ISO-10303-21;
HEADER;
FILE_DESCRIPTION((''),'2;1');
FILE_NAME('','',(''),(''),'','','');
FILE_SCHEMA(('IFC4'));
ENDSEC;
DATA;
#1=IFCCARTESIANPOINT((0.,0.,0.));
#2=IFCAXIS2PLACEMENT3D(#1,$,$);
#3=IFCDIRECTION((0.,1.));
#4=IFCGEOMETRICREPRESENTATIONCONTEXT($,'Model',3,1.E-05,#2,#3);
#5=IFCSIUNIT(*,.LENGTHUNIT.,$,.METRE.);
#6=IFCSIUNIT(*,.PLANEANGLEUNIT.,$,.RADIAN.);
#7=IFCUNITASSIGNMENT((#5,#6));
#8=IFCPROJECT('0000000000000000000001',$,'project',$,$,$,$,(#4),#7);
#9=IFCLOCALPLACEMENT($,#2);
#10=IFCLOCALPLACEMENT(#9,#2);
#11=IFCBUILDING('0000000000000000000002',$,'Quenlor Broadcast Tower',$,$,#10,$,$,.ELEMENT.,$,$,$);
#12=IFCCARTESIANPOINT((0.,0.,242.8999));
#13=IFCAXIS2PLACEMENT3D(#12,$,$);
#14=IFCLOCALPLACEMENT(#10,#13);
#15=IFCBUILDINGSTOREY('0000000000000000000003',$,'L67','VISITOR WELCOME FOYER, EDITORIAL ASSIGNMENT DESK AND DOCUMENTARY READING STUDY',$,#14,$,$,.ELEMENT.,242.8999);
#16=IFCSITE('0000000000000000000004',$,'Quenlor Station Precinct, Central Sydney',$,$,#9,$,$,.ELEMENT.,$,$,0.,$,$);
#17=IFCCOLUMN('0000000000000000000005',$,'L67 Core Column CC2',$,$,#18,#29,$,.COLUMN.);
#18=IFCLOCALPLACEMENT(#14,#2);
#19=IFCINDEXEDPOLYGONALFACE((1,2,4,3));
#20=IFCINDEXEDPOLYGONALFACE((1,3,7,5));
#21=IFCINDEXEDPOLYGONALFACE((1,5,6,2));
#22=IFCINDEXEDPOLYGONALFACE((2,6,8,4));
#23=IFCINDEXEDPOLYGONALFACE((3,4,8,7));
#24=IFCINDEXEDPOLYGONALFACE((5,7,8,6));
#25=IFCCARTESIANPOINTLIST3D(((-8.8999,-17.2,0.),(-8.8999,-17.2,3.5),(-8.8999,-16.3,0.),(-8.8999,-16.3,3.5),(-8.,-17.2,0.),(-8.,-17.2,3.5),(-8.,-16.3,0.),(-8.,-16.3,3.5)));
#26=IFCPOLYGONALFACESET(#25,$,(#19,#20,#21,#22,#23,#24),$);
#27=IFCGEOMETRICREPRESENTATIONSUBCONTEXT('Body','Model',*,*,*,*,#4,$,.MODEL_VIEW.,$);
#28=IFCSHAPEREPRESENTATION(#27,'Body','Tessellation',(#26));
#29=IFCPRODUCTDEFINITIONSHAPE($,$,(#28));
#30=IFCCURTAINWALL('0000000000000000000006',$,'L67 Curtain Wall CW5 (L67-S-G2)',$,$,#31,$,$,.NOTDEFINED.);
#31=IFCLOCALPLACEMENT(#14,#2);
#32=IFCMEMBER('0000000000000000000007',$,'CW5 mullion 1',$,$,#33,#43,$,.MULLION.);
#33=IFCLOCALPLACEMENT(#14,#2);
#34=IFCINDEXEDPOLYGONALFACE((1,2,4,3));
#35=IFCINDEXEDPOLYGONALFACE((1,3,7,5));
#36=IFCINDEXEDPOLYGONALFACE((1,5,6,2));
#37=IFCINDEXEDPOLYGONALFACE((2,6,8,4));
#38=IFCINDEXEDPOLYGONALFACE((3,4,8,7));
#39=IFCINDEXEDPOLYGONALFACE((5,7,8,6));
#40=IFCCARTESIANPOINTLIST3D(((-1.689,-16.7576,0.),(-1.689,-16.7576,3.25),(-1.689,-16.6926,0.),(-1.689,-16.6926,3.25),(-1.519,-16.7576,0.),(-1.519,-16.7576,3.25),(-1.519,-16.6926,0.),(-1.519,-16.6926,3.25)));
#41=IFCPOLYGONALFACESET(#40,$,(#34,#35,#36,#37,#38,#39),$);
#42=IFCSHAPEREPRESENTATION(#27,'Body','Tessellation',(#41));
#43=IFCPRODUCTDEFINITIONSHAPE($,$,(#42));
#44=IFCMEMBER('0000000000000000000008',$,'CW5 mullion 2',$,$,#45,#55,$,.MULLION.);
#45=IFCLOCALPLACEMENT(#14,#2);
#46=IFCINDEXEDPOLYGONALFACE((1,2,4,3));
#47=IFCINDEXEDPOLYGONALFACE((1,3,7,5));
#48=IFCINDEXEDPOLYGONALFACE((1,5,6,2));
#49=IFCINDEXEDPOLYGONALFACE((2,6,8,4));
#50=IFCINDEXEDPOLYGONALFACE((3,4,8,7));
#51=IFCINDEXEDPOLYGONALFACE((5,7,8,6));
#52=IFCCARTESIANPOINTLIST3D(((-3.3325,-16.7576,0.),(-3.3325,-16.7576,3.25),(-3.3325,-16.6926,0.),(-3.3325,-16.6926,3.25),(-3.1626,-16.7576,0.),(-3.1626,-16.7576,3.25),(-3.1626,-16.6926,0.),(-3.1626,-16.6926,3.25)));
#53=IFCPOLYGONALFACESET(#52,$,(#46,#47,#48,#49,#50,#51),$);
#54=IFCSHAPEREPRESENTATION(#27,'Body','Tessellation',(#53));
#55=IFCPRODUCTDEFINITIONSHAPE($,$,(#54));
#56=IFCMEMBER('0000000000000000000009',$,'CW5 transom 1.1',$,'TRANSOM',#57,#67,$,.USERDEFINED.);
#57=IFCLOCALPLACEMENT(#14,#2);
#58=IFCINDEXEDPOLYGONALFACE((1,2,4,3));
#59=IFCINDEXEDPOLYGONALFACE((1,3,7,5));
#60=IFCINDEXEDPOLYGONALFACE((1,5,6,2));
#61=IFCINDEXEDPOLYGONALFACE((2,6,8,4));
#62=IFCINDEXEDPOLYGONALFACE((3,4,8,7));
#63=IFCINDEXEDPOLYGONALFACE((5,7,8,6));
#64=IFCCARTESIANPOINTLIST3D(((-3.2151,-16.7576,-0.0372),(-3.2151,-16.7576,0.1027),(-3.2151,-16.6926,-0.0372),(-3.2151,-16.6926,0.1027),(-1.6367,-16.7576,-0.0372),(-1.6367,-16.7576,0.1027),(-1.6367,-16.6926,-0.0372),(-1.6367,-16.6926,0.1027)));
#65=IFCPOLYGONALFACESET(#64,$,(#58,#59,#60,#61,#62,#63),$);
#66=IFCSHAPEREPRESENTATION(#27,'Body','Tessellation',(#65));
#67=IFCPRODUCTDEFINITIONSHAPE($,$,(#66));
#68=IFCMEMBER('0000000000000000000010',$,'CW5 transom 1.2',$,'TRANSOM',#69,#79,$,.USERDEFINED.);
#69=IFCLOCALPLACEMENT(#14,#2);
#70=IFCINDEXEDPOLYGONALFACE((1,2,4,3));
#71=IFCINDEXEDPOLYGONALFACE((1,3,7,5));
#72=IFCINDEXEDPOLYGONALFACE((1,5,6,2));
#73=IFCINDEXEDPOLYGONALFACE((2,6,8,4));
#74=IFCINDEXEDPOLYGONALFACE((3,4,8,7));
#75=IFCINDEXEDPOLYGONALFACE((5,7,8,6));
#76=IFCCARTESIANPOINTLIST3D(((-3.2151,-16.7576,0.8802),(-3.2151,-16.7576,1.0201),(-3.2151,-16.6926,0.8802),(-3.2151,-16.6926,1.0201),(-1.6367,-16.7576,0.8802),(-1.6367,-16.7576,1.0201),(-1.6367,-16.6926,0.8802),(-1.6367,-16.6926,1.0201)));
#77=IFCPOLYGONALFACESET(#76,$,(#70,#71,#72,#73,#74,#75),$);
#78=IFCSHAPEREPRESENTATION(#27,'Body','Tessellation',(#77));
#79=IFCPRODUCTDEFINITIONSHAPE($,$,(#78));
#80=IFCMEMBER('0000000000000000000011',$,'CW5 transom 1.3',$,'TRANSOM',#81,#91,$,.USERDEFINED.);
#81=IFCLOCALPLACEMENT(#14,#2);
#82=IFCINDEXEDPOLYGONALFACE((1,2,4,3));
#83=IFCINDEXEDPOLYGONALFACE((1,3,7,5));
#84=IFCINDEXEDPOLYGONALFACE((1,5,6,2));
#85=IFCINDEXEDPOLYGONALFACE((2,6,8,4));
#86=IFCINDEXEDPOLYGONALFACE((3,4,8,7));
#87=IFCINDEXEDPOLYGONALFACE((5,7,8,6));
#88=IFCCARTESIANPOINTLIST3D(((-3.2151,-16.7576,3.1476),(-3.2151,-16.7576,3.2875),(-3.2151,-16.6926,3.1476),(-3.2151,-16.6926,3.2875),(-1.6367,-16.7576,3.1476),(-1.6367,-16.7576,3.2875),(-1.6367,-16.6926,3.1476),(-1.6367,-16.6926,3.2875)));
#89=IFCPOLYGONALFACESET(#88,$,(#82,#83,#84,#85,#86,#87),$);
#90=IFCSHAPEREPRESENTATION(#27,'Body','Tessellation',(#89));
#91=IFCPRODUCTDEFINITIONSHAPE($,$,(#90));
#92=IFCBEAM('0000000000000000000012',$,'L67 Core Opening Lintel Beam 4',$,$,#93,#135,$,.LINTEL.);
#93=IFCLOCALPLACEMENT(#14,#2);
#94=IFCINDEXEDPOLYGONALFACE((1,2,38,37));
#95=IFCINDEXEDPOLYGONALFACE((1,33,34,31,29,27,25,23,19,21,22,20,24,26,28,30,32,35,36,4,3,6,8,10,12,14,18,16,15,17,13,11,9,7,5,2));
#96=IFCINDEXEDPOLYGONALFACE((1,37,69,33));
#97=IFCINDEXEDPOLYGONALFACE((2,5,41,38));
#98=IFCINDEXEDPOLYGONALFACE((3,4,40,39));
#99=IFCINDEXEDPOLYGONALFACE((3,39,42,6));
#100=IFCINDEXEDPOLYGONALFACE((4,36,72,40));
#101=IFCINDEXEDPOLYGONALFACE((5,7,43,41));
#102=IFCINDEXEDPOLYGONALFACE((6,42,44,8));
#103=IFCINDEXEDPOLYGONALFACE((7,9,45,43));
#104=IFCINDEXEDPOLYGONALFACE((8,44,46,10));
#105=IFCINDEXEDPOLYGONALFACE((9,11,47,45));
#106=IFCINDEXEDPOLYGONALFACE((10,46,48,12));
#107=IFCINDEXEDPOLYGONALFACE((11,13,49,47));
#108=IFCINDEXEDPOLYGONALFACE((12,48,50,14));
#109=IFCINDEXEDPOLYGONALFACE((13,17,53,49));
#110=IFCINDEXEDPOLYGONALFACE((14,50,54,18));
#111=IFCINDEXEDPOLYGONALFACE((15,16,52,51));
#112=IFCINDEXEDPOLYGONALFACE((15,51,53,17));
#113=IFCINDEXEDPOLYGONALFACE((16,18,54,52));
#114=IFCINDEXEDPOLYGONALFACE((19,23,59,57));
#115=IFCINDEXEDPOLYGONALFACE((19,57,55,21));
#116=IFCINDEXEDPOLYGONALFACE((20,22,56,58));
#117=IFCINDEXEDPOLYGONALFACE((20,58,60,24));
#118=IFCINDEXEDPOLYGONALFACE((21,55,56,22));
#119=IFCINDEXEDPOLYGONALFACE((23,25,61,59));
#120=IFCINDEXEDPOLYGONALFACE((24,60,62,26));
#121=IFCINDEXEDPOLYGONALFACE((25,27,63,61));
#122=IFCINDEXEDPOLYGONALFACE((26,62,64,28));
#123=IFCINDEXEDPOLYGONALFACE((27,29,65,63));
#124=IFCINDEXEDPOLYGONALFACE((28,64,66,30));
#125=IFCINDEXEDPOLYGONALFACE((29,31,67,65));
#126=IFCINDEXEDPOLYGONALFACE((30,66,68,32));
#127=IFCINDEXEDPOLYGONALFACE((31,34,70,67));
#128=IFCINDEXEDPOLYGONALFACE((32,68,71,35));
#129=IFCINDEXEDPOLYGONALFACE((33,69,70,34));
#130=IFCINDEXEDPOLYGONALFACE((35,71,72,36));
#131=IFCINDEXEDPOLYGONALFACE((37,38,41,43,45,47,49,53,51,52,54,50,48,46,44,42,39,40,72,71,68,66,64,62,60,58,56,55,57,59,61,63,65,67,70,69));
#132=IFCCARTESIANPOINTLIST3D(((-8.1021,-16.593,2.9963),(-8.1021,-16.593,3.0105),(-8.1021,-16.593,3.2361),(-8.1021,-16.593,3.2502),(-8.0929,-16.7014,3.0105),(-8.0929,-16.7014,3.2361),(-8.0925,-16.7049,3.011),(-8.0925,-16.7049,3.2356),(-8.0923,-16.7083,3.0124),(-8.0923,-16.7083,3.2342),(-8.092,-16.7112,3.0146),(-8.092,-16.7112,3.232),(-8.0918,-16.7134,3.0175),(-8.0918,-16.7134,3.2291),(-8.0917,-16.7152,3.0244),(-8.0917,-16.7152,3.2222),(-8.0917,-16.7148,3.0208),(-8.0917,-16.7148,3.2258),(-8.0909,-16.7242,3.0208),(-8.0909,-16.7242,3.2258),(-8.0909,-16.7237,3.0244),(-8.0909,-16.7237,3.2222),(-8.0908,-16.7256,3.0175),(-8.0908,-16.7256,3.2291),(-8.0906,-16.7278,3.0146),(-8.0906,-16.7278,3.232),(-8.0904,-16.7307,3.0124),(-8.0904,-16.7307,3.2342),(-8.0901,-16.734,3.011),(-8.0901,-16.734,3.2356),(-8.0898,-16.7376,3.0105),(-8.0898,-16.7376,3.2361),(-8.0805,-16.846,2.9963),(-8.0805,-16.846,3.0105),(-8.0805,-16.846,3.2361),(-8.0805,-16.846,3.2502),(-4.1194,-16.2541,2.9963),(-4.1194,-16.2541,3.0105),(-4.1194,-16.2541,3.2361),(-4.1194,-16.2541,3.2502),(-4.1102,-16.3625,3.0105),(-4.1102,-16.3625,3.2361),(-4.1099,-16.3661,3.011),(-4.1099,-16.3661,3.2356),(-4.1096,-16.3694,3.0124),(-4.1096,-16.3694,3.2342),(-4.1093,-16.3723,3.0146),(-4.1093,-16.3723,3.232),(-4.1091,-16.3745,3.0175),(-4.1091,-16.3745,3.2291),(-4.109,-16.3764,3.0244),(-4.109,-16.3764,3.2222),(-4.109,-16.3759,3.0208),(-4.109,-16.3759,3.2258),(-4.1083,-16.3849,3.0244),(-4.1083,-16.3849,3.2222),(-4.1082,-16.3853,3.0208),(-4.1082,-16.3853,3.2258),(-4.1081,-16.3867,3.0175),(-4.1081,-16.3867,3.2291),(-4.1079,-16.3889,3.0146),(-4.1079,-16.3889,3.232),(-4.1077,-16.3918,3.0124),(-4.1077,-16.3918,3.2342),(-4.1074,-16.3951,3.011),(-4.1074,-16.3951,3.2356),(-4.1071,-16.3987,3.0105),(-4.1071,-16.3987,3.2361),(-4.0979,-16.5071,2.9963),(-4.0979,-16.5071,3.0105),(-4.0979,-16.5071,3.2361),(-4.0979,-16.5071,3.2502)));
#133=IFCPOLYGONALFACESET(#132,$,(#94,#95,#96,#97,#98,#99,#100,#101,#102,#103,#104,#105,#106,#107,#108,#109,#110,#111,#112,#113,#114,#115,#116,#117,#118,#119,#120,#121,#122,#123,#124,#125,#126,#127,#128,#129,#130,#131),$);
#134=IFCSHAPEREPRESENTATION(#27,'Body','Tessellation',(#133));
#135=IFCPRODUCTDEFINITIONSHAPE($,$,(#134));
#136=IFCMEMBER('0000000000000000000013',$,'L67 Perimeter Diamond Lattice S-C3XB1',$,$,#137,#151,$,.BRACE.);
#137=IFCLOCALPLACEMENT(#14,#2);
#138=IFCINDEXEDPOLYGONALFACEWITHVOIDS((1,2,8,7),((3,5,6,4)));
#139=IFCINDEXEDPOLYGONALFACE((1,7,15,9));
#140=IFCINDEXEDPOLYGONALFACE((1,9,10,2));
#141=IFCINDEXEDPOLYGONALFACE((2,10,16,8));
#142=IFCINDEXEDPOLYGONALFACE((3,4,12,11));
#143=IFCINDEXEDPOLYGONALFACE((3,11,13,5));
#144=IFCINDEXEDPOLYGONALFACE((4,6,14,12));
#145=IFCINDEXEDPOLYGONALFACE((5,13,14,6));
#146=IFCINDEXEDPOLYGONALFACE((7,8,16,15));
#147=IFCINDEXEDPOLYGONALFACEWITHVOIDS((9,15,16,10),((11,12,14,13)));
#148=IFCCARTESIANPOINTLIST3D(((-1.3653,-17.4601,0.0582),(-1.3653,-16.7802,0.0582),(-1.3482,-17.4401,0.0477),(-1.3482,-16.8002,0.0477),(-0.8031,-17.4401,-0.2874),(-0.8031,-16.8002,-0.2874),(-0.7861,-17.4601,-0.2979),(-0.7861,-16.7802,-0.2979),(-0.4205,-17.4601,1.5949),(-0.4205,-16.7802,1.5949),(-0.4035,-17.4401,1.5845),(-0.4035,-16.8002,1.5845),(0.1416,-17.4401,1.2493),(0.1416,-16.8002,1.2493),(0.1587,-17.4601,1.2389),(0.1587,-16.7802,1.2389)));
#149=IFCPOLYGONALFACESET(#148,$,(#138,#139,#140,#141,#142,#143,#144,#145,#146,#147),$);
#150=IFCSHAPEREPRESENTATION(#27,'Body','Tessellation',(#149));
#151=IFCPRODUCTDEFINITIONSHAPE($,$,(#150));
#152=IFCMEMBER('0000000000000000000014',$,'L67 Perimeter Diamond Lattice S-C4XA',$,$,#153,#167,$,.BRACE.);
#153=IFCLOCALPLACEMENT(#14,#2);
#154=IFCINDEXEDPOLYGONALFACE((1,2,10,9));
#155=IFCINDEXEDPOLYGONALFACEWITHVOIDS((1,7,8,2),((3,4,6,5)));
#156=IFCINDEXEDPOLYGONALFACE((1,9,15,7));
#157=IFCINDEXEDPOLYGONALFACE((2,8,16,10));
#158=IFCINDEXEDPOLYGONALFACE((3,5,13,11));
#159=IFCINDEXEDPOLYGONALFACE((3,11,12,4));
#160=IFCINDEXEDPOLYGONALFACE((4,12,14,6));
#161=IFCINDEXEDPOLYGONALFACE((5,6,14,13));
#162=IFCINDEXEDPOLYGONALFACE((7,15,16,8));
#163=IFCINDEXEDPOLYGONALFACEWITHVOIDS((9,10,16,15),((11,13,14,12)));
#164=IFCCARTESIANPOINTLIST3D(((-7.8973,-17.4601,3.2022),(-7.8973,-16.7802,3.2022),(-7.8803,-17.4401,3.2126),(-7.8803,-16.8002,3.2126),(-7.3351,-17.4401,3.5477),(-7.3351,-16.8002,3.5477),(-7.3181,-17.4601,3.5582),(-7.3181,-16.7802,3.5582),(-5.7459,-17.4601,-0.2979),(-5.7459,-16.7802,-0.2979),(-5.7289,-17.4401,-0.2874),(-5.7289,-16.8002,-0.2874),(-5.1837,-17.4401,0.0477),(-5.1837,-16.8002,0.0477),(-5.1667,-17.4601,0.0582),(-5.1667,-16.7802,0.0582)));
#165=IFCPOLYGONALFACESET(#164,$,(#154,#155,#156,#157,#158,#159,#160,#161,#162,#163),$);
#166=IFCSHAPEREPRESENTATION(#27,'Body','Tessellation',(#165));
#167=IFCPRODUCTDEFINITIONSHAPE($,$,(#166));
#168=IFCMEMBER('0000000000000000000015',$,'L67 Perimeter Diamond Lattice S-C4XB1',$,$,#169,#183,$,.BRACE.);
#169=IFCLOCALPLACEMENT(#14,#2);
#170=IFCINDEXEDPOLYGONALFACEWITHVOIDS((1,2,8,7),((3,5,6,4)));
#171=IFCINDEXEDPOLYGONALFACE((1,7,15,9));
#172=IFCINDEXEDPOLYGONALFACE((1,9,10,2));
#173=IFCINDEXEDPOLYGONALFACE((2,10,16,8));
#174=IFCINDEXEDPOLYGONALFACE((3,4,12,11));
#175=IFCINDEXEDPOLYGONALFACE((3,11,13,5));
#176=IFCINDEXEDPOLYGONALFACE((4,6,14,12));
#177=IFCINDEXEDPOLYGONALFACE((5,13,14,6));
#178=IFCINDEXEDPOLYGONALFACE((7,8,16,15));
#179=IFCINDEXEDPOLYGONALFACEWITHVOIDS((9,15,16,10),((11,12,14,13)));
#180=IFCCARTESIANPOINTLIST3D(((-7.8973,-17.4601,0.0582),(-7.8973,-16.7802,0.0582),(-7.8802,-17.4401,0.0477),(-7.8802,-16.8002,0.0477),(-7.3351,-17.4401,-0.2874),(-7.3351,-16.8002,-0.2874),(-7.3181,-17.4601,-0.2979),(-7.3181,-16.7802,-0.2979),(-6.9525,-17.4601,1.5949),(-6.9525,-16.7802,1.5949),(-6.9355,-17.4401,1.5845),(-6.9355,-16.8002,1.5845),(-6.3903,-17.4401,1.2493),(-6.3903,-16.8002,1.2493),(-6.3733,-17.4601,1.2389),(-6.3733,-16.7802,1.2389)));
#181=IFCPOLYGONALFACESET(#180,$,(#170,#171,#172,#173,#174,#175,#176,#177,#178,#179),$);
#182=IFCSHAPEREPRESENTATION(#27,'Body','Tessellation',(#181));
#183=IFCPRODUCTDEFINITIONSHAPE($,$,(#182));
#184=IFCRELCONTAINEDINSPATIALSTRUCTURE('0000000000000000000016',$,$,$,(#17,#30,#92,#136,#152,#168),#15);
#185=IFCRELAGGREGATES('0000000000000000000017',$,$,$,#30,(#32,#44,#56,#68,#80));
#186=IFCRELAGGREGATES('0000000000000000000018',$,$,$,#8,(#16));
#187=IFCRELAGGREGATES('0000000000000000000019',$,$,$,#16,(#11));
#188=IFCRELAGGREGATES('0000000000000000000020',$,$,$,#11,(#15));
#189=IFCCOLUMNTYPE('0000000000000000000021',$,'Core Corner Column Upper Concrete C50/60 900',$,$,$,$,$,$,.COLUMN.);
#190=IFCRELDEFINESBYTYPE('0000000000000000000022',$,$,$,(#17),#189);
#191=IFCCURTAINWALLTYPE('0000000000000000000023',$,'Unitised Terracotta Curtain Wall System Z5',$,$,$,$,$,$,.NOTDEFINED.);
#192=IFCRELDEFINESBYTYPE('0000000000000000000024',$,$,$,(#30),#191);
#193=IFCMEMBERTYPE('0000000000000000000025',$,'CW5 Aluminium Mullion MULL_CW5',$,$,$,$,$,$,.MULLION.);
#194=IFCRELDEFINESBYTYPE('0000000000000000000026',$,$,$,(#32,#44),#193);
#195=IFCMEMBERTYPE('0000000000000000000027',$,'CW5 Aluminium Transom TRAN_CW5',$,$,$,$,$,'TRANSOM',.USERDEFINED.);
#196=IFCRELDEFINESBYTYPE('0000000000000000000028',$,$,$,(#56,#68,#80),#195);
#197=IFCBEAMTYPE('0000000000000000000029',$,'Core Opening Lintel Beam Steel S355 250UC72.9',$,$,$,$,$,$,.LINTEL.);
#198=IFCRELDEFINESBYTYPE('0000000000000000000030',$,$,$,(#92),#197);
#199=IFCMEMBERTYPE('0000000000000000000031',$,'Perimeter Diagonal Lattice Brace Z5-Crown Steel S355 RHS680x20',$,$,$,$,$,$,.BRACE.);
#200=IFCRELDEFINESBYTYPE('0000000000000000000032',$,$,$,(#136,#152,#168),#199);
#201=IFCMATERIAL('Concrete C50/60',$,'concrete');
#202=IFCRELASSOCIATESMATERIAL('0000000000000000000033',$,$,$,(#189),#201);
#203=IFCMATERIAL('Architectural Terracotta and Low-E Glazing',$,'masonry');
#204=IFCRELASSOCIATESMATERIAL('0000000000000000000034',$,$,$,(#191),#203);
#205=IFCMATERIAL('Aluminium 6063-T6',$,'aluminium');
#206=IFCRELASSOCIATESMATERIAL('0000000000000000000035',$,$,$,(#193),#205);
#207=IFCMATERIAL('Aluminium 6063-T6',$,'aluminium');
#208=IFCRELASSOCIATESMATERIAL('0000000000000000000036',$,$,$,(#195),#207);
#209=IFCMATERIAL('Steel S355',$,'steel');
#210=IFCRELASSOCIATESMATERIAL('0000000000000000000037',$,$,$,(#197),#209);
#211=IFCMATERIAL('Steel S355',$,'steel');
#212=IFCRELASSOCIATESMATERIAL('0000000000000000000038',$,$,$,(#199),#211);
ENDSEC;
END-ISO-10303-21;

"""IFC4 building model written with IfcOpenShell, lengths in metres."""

from ifc_helpers import new_model, si_unit, direction, frame, origin, origin_2d, place, context, subcontext, project, spatial, rectangle, hollow_rectangle, i_section, extrude, material, material_profile, profile_set, type_object, element, aggregate, save


model = new_model("IFC4")

# Units and contexts
model_context = context("Model", 3, precision=1e-05, world=origin(), true_north=direction((0.0, 1.0)))
body_context = subcontext(model_context, "Body", "Model", "MODEL_VIEW")
ifc_project = project(units=[si_unit("LENGTHUNIT", "METRE"), si_unit("PLANEANGLEUNIT", "RADIAN")], contexts=[model_context])

# Site, building, storey
site_placement = place(None, origin())
site = spatial("IfcSite", under=ifc_project, at=site_placement, Name="Quenlor Station Precinct, Central Sydney", CompositionType="ELEMENT", RefElevation=0.0)
building_placement = place(site_placement, origin())
building = spatial("IfcBuilding", under=site, at=building_placement, Name="Quenlor Broadcast Tower", CompositionType="ELEMENT")
storey_placement = place(building_placement, frame((0.0, 0.0, 242.8999)))
storey = spatial("IfcBuildingStorey", under=building, at=storey_placement, Name="L67", Description="VISITOR WELCOME FOYER, EDITORIAL ASSIGNMENT DESK AND DOCUMENTARY READING STUDY", CompositionType="ELEMENT", Elevation=242.8999)

# Column
ifc_material_1 = material(Name="Concrete C50/60", Category="concrete")
ifc_material_profile_1 = material_profile(ifc_material_1, rectangle(XDim=0.8999, YDim=0.8999, at=origin_2d()))
ifc_profile_set_1 = profile_set([ifc_material_profile_1], Name="Concrete C50/60 RC900x900")
column_type = type_object("IfcColumnType", Name="Core Corner Column Upper Concrete C50/60 900", PredefinedType="COLUMN", material=ifc_profile_set_1)
column_placement = place(storey_placement, frame((-8.45, -16.75, 0.0), z_axis=(0.0, 0.0, 1.0), x_axis=(1.0, 0.0, 0.0)))
element("IfcColumn", 1, at=column_placement, inside=storey, type_object=column_type, Name="L67 Core Column CC2", PredefinedType="COLUMN", context=body_context, shape_type="SweptSolid", body=[
    extrude(rectangle(XDim=0.8999, YDim=0.8999, at=origin_2d()), origin(), (0.0, 0.0, 1.0), 3.5),
])

# Curtain wall, members
ifc_material_2 = material(Name="Architectural Terracotta and Low-E Glazing", Category="masonry")
curtain_wall_type = type_object("IfcCurtainWallType", Name="Unitised Terracotta Curtain Wall System Z5", PredefinedType="NOTDEFINED", material=ifc_material_2)
curtain_wall_placement = place(storey_placement, origin())
curtain_wall = element("IfcCurtainWall", 2, at=curtain_wall_placement, inside=storey, type_object=curtain_wall_type, Name="L67 Curtain Wall CW5 (L67-S-G2)", PredefinedType="NOTDEFINED")
ifc_material_3 = material(Name="Aluminium 6063-T6", Category="aluminium")
ifc_material_profile_2 = material_profile(ifc_material_3, rectangle(XDim=0.0649, YDim=0.1699, at=origin_2d()))
ifc_profile_set_2 = profile_set([ifc_material_profile_2], Name="Aluminium 6063-T6 MULL65x170")
member_type_1 = type_object("IfcMemberType", Name="CW5 Aluminium Mullion MULL_CW5", PredefinedType="MULLION", material=ifc_profile_set_2)
member_1_placement = place(storey_placement, frame((-1.604, -16.7251, 0.0), z_axis=(0.0, 0.0, 1.0), x_axis=(0.0, -1.0, 0.0)))
member_1 = element("IfcMember", 3, at=member_1_placement, type_object=member_type_1, Name="CW5 mullion 1", PredefinedType="MULLION", context=body_context, shape_type="SweptSolid", body=[
    extrude(rectangle(XDim=0.0649, YDim=0.1699, at=origin_2d()), origin(), (0.0, 0.0, 1.0), 3.25),
])
member_2_placement = place(storey_placement, frame((-3.2476, -16.7251, 0.0), z_axis=(0.0, 0.0, 1.0), x_axis=(0.0, -1.0, 0.0)))
member_2 = element("IfcMember", 4, at=member_2_placement, type_object=member_type_1, Name="CW5 mullion 2", PredefinedType="MULLION", context=body_context, shape_type="SweptSolid", body=[
    extrude(rectangle(XDim=0.0649, YDim=0.1699, at=origin_2d()), origin(), (0.0, 0.0, 1.0), 3.25),
])
ifc_material_4 = material(Name="Aluminium 6063-T6", Category="aluminium")
ifc_material_profile_3 = material_profile(ifc_material_4, rectangle(XDim=0.0649, YDim=0.1399, at=origin_2d()))
ifc_profile_set_3 = profile_set([ifc_material_profile_3], Name="Aluminium 6063-T6 TRAN65x140")
member_type_2 = type_object("IfcMemberType", Name="CW5 Aluminium Transom TRAN_CW5", ElementType="TRANSOM", PredefinedType="USERDEFINED", material=ifc_profile_set_3)
member_3_placement = place(storey_placement, frame((-1.6367, -16.7251, 0.0327), z_axis=(-1.0, 0.0, 0.0), x_axis=(0.0, -1.0, 0.0)))
member_3 = element("IfcMember", 5, at=member_3_placement, type_object=member_type_2, Name="CW5 transom 1.1", ObjectType="TRANSOM", PredefinedType="USERDEFINED", context=body_context, shape_type="SweptSolid", body=[
    extrude(rectangle(XDim=0.0649, YDim=0.1399, at=origin_2d()), origin(), (0.0, 0.0, 1.0), 1.5784),
])
member_4_placement = place(storey_placement, frame((-1.6367, -16.7251, 0.9502), z_axis=(-1.0, 0.0, 0.0), x_axis=(0.0, -1.0, 0.0)))
member_4 = element("IfcMember", 6, at=member_4_placement, type_object=member_type_2, Name="CW5 transom 1.2", ObjectType="TRANSOM", PredefinedType="USERDEFINED", context=body_context, shape_type="SweptSolid", body=[
    extrude(rectangle(XDim=0.0649, YDim=0.1399, at=origin_2d()), origin(), (0.0, 0.0, 1.0), 1.5784),
])
member_5_placement = place(storey_placement, frame((-1.6367, -16.7251, 3.2175), z_axis=(-1.0, 0.0, 0.0), x_axis=(0.0, -1.0, 0.0)))
member_5 = element("IfcMember", 7, at=member_5_placement, type_object=member_type_2, Name="CW5 transom 1.3", ObjectType="TRANSOM", PredefinedType="USERDEFINED", context=body_context, shape_type="SweptSolid", body=[
    extrude(rectangle(XDim=0.0649, YDim=0.1399, at=origin_2d()), origin(), (0.0, 0.0, 1.0), 1.5784),
])

# Beam
ifc_material_5 = material(Name="Steel S355", Category="steel")
ifc_material_profile_4 = material_profile(ifc_material_5, i_section(OverallWidth=0.2539, OverallDepth=0.2539, WebThickness=0.0085, FlangeThickness=0.0142, FilletRadius=0.0139, at=origin_2d()))
ifc_profile_set_4 = profile_set([ifc_material_profile_4], Name="Steel S355 250UC72.9")
beam_type = type_object("IfcBeamType", Name="Core Opening Lintel Beam Steel S355 250UC72.9", PredefinedType="LINTEL", material=ifc_profile_set_4)
beam_placement = place(storey_placement, frame((-8.0913, -16.7195, 3.1233), z_axis=(0.9964, 0.084779, 0.0), x_axis=(-0.084779, 0.9964, 0.0)))
element("IfcBeam", 8, at=beam_placement, inside=storey, type_object=beam_type, Name="L67 Core Opening Lintel Beam 4", PredefinedType="LINTEL", context=body_context, shape_type="SweptSolid", body=[
    extrude(i_section(OverallWidth=0.2539, OverallDepth=0.2539, WebThickness=0.0085, FlangeThickness=0.0142, FilletRadius=0.0139, at=origin_2d()), origin(), (0.0, 0.0, 1.0), 3.9971),
])

# Members
ifc_material_6 = material(Name="Steel S355", Category="steel")
ifc_material_profile_5 = material_profile(ifc_material_6, hollow_rectangle(XDim=0.6799, YDim=0.6799, WallThickness=0.02, at=origin_2d()))
ifc_profile_set_5 = profile_set([ifc_material_profile_5], Name="Steel S355 RHS680x680x20")
member_type_3 = type_object("IfcMemberType", Name="Perimeter Diagonal Lattice Brace Z5-Crown Steel S355 RHS680x20", PredefinedType="BRACE", material=ifc_profile_set_5)
member_6_placement = place(storey_placement, frame((-1.0757, -17.1201, -0.1199), z_axis=(0.52372, 0.0, 0.851891), x_axis=(0.0, 1.0, 0.0)))
element("IfcMember", 9, at=member_6_placement, inside=storey, type_object=member_type_3, Name="L67 Perimeter Diamond Lattice S-C3XB1", PredefinedType="BRACE", context=body_context, shape_type="SweptSolid", body=[
    extrude(hollow_rectangle(XDim=0.6799, YDim=0.6799, WallThickness=0.02, at=origin_2d()), origin(), (0.0, 0.0, 1.0), 1.804),
])
member_7_placement = place(storey_placement, frame((-5.4563, -17.1201, -0.1199), z_axis=(-0.52366, 0.0, 0.851928), x_axis=(0.0, -1.0, 0.0)))
element("IfcMember", 10, at=member_7_placement, inside=storey, type_object=member_type_3, Name="L67 Perimeter Diamond Lattice S-C4XA", PredefinedType="BRACE", context=body_context, shape_type="SweptSolid", body=[
    extrude(hollow_rectangle(XDim=0.6799, YDim=0.6799, WallThickness=0.02, at=origin_2d()), origin(), (0.0, 0.0, 1.0), 4.1084),
])
member_8_placement = place(storey_placement, frame((-7.6077, -17.1201, -0.1199), z_axis=(0.52372, 0.0, 0.851891), x_axis=(0.0, 1.0, 0.0)))
element("IfcMember", 11, at=member_8_placement, inside=storey, type_object=member_type_3, Name="L67 Perimeter Diamond Lattice S-C4XB1", PredefinedType="BRACE", context=body_context, shape_type="SweptSolid", body=[
    extrude(hollow_rectangle(XDim=0.6799, YDim=0.6799, WallThickness=0.02, at=origin_2d()), origin(), (0.0, 0.0, 1.0), 1.804),
])

aggregate(curtain_wall, [member_1, member_2, member_3, member_4, member_5])

save(model, "model.ifc")
